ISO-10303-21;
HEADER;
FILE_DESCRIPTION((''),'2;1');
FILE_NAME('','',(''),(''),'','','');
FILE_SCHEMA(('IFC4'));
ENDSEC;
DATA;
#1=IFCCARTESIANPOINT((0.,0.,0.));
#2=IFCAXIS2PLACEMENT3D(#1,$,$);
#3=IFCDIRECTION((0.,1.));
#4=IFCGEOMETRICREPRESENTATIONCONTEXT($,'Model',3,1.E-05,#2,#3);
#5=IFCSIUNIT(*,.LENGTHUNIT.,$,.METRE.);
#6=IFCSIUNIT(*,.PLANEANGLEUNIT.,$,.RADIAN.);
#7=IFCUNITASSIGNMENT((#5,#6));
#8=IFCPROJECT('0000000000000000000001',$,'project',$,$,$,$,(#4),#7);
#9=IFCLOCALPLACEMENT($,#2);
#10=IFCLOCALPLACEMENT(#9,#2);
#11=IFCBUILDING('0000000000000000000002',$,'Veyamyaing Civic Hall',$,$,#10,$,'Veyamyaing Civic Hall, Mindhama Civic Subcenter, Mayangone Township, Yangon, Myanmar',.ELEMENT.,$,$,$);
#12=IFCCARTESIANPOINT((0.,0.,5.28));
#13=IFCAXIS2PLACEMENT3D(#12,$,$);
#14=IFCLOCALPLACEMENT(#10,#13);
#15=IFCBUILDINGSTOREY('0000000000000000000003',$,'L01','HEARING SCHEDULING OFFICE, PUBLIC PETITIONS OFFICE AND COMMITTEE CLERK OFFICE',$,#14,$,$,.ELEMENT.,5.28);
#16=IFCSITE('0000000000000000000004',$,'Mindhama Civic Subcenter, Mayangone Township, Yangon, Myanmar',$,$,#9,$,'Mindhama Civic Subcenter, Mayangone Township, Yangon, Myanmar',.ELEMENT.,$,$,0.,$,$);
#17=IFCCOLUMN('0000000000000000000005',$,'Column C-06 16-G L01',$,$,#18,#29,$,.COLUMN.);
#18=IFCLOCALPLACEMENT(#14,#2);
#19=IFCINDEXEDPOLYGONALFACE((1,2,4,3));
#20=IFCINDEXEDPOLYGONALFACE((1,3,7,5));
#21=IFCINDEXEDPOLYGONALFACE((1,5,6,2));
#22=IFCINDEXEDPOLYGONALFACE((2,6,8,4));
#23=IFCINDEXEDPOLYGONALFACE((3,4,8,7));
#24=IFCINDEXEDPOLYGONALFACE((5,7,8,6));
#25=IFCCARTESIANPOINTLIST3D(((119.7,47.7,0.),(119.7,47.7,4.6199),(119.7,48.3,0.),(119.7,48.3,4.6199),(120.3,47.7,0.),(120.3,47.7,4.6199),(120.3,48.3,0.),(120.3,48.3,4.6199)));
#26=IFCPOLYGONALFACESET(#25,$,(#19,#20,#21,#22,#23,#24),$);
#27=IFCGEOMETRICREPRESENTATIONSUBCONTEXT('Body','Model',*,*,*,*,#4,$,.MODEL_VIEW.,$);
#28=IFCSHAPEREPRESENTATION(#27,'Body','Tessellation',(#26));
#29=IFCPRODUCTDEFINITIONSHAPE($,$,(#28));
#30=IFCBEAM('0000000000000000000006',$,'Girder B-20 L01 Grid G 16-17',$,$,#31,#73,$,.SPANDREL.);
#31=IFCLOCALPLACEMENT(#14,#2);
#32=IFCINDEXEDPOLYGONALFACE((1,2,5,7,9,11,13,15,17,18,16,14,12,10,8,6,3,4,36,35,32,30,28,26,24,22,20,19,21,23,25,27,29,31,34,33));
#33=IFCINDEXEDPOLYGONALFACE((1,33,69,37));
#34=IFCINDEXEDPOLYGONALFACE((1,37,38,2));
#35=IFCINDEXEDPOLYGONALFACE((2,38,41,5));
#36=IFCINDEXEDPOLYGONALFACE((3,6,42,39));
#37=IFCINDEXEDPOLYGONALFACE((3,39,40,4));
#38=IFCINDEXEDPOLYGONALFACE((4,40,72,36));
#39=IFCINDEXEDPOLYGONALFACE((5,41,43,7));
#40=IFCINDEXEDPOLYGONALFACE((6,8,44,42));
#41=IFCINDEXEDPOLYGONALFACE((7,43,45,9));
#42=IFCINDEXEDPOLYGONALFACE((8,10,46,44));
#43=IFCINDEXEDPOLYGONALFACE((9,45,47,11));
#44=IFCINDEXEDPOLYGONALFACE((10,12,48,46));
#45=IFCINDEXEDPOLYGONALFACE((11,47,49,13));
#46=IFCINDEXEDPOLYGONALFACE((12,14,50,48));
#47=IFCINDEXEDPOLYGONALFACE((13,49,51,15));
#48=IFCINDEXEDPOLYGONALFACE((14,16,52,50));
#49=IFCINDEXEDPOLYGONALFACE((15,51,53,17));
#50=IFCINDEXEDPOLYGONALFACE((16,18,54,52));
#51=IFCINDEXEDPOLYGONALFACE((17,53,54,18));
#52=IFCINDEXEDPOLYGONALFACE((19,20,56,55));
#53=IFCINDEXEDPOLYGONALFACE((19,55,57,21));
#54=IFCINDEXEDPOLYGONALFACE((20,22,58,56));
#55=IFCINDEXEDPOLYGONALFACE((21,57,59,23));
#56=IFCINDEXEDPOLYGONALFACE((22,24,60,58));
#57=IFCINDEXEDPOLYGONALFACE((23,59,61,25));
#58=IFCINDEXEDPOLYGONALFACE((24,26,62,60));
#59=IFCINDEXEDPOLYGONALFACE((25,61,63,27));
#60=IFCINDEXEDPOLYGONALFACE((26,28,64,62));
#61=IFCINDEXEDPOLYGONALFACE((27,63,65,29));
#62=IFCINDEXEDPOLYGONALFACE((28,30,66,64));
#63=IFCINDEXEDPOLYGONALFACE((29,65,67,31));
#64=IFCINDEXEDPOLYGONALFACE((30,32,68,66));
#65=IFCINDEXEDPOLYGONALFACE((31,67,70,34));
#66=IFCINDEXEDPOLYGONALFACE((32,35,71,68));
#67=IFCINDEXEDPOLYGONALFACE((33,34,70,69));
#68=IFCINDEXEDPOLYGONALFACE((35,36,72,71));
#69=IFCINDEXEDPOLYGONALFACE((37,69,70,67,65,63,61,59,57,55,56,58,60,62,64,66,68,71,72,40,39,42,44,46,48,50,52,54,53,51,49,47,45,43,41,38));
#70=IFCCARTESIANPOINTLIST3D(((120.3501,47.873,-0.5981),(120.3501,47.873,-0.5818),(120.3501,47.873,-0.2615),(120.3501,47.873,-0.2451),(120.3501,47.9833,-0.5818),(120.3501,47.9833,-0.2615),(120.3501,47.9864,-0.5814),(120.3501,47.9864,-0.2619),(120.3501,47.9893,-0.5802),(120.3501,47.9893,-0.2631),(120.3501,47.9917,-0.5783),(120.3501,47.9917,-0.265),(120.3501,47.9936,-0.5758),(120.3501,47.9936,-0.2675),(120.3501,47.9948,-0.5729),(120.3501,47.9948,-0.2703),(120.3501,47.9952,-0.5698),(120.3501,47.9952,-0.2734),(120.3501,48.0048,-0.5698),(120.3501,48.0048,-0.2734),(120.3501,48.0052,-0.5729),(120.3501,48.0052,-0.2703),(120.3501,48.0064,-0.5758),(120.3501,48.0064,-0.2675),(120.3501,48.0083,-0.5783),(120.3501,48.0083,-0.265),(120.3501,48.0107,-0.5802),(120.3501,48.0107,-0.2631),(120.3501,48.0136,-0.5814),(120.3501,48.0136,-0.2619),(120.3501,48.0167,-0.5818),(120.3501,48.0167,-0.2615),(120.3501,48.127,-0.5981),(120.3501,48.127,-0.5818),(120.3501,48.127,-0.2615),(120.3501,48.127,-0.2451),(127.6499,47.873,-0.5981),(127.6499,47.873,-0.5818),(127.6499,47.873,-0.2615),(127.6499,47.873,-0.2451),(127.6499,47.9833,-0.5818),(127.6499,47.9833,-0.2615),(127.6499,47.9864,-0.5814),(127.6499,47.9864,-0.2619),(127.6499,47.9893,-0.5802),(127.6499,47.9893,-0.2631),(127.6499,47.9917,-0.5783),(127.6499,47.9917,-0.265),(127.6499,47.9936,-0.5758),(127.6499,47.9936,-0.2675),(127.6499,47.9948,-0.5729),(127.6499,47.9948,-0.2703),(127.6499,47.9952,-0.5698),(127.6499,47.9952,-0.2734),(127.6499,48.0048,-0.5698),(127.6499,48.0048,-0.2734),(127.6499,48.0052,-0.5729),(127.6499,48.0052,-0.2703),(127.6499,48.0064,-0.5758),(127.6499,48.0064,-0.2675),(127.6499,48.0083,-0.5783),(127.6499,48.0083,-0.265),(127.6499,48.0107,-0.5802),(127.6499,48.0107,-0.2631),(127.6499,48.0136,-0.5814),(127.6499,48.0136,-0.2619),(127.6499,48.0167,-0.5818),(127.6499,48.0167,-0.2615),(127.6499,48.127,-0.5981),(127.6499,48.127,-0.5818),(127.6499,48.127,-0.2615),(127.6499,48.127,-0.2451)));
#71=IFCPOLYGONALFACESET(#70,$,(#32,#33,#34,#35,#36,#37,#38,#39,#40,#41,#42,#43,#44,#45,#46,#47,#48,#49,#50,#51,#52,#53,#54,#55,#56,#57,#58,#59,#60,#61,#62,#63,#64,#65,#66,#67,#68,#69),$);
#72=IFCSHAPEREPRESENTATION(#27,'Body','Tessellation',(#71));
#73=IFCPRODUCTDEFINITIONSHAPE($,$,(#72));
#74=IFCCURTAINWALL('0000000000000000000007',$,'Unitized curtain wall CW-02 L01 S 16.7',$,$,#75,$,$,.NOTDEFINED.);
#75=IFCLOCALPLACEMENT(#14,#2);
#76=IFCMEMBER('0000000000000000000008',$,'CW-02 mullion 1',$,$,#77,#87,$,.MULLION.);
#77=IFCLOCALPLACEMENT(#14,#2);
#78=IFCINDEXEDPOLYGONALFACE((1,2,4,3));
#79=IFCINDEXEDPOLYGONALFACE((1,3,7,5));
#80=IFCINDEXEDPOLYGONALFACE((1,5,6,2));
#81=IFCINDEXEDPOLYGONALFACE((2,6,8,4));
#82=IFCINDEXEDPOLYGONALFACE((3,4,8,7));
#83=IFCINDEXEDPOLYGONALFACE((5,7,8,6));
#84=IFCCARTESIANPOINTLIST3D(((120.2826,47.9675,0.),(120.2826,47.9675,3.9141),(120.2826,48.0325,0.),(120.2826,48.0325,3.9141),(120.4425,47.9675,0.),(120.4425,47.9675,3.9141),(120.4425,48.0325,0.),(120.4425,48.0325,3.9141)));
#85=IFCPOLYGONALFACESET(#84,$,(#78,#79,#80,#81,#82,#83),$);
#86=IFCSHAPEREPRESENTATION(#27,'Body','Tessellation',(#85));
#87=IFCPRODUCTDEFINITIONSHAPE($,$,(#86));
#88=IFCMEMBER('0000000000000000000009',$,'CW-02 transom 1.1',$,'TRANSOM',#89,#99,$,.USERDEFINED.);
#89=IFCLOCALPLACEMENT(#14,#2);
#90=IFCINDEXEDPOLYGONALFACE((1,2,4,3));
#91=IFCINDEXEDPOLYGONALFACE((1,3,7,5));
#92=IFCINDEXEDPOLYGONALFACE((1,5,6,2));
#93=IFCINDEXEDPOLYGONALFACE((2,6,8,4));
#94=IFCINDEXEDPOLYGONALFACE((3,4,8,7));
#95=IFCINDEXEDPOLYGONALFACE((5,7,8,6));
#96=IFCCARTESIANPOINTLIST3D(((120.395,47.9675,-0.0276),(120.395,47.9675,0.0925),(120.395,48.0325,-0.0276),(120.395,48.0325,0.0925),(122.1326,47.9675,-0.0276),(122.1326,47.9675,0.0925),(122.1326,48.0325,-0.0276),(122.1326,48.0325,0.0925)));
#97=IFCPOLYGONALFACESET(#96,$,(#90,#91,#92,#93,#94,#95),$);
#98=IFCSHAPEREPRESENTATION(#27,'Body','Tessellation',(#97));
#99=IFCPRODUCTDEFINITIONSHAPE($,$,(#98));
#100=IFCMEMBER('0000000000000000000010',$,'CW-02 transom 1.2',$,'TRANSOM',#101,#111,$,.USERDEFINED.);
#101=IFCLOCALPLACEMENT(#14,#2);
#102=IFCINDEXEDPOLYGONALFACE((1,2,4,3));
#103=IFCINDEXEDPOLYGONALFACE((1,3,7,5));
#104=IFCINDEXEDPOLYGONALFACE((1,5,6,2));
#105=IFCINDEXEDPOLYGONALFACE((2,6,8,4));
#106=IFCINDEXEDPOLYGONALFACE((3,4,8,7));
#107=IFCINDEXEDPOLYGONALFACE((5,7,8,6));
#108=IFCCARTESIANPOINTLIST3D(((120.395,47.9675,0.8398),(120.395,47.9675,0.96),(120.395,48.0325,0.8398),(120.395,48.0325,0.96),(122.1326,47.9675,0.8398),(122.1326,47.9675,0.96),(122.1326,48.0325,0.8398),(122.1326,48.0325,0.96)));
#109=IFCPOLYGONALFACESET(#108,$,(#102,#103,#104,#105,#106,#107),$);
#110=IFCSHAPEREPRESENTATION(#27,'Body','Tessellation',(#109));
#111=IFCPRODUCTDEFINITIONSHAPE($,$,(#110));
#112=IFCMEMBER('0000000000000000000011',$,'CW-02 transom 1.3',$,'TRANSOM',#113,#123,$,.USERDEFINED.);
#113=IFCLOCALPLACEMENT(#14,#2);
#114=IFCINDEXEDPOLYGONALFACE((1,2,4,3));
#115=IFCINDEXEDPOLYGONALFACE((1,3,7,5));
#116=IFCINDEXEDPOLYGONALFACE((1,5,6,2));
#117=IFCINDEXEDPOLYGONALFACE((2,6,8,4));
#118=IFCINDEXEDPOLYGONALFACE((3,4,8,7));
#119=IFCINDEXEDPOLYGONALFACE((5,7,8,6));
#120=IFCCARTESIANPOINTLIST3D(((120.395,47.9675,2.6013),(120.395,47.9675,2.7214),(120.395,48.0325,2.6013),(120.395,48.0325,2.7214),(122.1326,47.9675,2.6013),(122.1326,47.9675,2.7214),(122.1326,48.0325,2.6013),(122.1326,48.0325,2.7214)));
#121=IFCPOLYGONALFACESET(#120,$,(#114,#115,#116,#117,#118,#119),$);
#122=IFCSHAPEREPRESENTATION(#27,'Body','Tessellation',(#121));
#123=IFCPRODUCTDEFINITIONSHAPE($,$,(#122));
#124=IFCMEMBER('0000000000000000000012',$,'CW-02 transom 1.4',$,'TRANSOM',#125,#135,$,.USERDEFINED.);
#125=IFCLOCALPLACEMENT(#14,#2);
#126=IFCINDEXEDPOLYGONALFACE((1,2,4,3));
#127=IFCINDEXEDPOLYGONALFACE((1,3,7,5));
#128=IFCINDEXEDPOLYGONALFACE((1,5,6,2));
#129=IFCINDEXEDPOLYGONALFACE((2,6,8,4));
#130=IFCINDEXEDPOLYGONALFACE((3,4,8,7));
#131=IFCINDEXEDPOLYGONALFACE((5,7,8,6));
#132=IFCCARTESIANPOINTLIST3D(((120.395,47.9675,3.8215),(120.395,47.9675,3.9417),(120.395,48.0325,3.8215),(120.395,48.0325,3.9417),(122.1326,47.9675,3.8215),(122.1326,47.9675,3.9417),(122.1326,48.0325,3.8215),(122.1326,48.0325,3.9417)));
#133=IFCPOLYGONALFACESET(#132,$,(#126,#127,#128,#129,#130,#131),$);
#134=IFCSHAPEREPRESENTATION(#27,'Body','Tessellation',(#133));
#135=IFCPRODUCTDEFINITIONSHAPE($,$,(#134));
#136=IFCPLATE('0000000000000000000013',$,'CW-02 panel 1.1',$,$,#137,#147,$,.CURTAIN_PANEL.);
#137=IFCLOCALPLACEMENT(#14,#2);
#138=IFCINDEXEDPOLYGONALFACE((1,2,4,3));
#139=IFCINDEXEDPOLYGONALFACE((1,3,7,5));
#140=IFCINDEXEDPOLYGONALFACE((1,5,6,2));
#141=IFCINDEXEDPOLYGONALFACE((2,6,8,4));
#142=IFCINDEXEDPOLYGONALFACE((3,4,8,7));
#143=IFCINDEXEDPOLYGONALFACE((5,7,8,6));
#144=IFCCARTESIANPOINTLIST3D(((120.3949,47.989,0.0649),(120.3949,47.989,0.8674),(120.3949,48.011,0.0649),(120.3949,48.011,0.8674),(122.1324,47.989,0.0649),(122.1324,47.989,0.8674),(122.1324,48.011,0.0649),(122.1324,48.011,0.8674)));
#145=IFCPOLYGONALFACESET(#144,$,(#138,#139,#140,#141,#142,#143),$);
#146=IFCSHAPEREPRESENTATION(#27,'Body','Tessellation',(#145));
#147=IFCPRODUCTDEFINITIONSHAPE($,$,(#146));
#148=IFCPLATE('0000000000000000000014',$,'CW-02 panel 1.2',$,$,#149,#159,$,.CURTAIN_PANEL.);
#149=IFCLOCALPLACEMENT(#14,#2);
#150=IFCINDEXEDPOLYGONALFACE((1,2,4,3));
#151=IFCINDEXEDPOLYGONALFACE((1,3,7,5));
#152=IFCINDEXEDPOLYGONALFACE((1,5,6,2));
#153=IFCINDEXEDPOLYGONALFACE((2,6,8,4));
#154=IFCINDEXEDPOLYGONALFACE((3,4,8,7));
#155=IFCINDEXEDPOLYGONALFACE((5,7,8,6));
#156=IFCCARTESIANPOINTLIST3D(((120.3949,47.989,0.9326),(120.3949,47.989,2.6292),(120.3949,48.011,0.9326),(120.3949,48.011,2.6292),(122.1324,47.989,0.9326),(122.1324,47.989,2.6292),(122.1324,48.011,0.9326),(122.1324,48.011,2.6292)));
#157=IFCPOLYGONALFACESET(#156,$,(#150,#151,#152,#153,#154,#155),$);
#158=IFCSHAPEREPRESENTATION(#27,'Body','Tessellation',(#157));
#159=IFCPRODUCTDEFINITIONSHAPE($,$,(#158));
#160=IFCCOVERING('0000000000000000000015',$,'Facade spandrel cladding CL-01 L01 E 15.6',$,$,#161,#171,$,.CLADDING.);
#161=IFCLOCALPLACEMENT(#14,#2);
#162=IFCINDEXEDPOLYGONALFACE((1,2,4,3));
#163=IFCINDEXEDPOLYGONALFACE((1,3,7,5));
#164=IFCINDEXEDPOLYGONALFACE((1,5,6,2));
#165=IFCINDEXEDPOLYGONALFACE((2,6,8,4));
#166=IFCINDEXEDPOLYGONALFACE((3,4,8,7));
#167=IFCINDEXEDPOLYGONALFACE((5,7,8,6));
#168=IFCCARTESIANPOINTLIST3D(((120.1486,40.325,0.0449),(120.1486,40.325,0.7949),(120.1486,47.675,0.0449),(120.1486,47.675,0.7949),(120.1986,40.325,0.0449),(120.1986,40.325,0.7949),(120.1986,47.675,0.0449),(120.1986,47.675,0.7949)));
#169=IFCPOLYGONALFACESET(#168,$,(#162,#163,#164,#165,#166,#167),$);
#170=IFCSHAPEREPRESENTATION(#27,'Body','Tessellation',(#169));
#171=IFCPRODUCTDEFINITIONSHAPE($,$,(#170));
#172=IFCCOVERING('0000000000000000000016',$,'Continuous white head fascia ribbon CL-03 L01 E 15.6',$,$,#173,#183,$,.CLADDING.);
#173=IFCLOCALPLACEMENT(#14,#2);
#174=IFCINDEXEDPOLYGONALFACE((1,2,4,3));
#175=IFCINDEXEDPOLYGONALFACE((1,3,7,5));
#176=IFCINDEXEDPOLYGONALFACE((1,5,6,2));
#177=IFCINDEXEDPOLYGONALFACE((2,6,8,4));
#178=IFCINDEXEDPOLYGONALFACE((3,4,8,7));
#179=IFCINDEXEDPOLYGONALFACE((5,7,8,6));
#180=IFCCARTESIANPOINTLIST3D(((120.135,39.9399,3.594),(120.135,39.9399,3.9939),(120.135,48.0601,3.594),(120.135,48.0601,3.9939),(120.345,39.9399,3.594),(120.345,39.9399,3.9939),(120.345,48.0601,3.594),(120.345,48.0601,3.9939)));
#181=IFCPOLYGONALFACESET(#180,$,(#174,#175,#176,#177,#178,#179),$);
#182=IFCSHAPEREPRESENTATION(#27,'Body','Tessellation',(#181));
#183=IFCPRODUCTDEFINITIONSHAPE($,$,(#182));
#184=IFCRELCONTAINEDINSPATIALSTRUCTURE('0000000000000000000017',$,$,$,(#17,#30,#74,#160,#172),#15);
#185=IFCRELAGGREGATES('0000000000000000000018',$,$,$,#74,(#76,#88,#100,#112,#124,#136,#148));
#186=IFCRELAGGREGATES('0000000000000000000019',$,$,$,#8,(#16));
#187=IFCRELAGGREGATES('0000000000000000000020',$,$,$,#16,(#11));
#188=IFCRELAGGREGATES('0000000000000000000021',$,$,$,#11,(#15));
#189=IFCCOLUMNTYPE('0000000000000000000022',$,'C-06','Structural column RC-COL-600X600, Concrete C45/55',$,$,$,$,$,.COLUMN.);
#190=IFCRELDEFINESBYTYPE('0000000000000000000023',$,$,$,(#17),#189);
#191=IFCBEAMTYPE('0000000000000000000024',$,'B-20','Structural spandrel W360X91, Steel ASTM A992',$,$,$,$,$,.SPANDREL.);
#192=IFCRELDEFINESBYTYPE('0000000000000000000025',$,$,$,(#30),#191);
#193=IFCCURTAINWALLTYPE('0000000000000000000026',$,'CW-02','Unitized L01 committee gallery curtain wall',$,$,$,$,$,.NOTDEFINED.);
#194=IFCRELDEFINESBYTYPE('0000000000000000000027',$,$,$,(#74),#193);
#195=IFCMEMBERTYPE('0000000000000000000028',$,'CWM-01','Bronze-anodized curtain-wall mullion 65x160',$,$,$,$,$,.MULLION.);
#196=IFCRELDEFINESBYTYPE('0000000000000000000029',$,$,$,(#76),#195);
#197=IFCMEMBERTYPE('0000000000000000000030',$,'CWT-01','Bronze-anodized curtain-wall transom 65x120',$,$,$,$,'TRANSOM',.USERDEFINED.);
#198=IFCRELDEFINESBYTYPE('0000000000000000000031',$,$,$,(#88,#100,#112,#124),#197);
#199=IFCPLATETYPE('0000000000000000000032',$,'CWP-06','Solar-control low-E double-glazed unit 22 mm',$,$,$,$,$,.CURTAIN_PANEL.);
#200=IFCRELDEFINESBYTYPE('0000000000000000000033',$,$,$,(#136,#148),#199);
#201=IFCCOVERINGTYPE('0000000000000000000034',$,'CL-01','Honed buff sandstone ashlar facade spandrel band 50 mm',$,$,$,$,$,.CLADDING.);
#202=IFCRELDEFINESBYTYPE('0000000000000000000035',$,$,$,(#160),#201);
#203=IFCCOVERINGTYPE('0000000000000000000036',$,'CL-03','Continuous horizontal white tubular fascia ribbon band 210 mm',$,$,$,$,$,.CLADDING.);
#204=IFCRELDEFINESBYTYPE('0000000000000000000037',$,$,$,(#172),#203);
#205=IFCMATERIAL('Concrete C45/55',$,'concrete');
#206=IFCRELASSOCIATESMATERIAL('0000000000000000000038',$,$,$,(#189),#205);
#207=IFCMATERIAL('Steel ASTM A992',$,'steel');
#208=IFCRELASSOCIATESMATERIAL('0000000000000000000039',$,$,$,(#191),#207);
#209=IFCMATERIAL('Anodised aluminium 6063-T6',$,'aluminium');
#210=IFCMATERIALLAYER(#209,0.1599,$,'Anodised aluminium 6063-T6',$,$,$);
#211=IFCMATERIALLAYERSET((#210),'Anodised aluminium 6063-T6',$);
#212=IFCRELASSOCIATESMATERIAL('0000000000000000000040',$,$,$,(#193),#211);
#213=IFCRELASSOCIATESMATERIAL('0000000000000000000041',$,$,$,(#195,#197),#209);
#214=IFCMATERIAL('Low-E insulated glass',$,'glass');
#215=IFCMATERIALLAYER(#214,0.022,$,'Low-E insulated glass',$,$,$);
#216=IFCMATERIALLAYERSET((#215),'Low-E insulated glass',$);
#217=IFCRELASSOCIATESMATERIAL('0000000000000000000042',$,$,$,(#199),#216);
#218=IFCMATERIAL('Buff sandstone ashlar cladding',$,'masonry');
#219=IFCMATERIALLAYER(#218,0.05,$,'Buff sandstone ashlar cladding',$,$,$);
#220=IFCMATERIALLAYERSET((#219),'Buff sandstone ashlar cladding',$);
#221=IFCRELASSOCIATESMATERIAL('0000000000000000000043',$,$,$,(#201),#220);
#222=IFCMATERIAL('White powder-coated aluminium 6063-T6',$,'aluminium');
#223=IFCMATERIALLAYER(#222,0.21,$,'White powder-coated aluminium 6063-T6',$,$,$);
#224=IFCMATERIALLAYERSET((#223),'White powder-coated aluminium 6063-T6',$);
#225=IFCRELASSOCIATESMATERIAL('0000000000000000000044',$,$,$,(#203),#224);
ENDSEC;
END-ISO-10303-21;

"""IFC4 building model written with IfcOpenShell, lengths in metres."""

from ifc_helpers import new_model, si_unit, direction, frame, origin, origin_2d, place, context, subcontext, project, spatial, rectangle, i_section, extrude, material, layer, layer_set, material_profile, profile_set, type_object, element, aggregate, save


model = new_model("IFC4")

# Units and contexts
model_context = context("Model", 3, precision=1e-05, world=origin(), true_north=direction((0.0, 1.0)))
body_context = subcontext(model_context, "Body", "Model", "MODEL_VIEW")
ifc_project = project(units=[si_unit("LENGTHUNIT", "METRE"), si_unit("PLANEANGLEUNIT", "RADIAN")], contexts=[model_context])

# Site, building, storey
site_placement = place(None, origin())
site = spatial("IfcSite", under=ifc_project, at=site_placement, Name="Mindhama Civic Subcenter, Mayangone Township, Yangon, Myanmar", LongName="Mindhama Civic Subcenter, Mayangone Township, Yangon, Myanmar", CompositionType="ELEMENT", RefElevation=0.0)
building_placement = place(site_placement, origin())
building = spatial("IfcBuilding", under=site, at=building_placement, Name="Veyamyaing Civic Hall", LongName="Veyamyaing Civic Hall, Mindhama Civic Subcenter, Mayangone Township, Yangon, Myanmar", CompositionType="ELEMENT")
storey_placement = place(building_placement, frame((0.0, 0.0, 5.28)))
storey = spatial("IfcBuildingStorey", under=building, at=storey_placement, Name="L01", Description="HEARING SCHEDULING OFFICE, PUBLIC PETITIONS OFFICE AND COMMITTEE CLERK OFFICE", CompositionType="ELEMENT", Elevation=5.28)

# Column
ifc_material_1 = material(Name="Concrete C45/55", Category="concrete")
ifc_material_profile_1 = material_profile(ifc_material_1, rectangle(XDim=0.6001, YDim=0.6001, at=origin_2d()), Name="RC-COL-600X600")
ifc_profile_set_1 = profile_set([ifc_material_profile_1], Name="Concrete C45/55")
column_type = type_object("IfcColumnType", Name="C-06", Description="Structural column RC-COL-600X600, Concrete C45/55", PredefinedType="COLUMN", material=ifc_profile_set_1)
column_placement = place(storey_placement, frame((120.0, 48.0, 0.0), z_axis=(0.0, 0.0, 1.0), x_axis=(1.0, 0.0, 0.0)))
element("IfcColumn", 1, at=column_placement, inside=storey, type_object=column_type, Name="Column C-06 16-G L01", PredefinedType="COLUMN", context=body_context, shape_type="SweptSolid", body=[
    extrude(rectangle(XDim=0.6001, YDim=0.6001, at=origin_2d()), origin(), (0.0, 0.0, 1.0), 4.6199),
])

# Beam
ifc_material_2 = material(Name="Steel ASTM A992", Category="steel")
ifc_material_profile_2 = material_profile(ifc_material_2, i_section(OverallWidth=0.2539, OverallDepth=0.353, WebThickness=0.0095, FlangeThickness=0.0164, FilletRadius=0.012, at=origin_2d()), Name="W360X91")
ifc_profile_set_2 = profile_set([ifc_material_profile_2], Name="Steel ASTM A992")
beam_type = type_object("IfcBeamType", Name="B-20", Description="Structural spandrel W360X91, Steel ASTM A992", PredefinedType="SPANDREL", material=ifc_profile_set_2)
beam_placement = place(storey_placement, frame((120.3501, 48.0, -0.4216), z_axis=(1.0, 0.0, 0.0), x_axis=(0.0, 1.0, 0.0)))
element("IfcBeam", 2, at=beam_placement, inside=storey, type_object=beam_type, Name="Girder B-20 L01 Grid G 16-17", PredefinedType="SPANDREL", context=body_context, shape_type="SweptSolid", body=[
    extrude(i_section(OverallWidth=0.2539, OverallDepth=0.353, WebThickness=0.0095, FlangeThickness=0.0164, FilletRadius=0.012, at=origin_2d()), origin(), (0.0, 0.0, 1.0), 7.2998),
])

# Curtain wall, members, plates
ifc_material_3 = material(Name="Anodised aluminium 6063-T6", Category="aluminium")
ifc_layer_1 = layer(ifc_material_3, 0.1599, Name="Anodised aluminium 6063-T6")
ifc_layer_set_1 = layer_set([ifc_layer_1], Name="Anodised aluminium 6063-T6")
curtain_wall_type = type_object("IfcCurtainWallType", Name="CW-02", Description="Unitized L01 committee gallery curtain wall", PredefinedType="NOTDEFINED", material=ifc_layer_set_1)
curtain_wall_placement = place(storey_placement, origin())
curtain_wall = element("IfcCurtainWall", 3, at=curtain_wall_placement, inside=storey, type_object=curtain_wall_type, Name="Unitized curtain wall CW-02 L01 S 16.7", PredefinedType="NOTDEFINED")
ifc_material_profile_3 = material_profile(ifc_material_3, rectangle(XDim=0.0649, YDim=0.1599, at=origin_2d()), Name="ALU-MUL-65X160")
ifc_profile_set_3 = profile_set([ifc_material_profile_3], Name="Anodised aluminium 6063-T6")
member_type_1 = type_object("IfcMemberType", Name="CWM-01", Description="Bronze-anodized curtain-wall mullion 65x160", PredefinedType="MULLION", material=ifc_profile_set_3)
member_1_placement = place(storey_placement, frame((120.3625, 48.0, 0.0), z_axis=(0.0, 0.0, 1.0), x_axis=(0.0, 1.0, 0.0)))
member_1 = element("IfcMember", 4, at=member_1_placement, type_object=member_type_1, Name="CW-02 mullion 1", PredefinedType="MULLION", context=body_context, shape_type="SweptSolid", body=[
    extrude(rectangle(XDim=0.0649, YDim=0.1599, at=origin_2d()), origin(), (0.0, 0.0, 1.0), 3.9141),
])
ifc_material_profile_4 = material_profile(ifc_material_3, rectangle(XDim=0.0649, YDim=0.1201, at=origin_2d()), Name="ALU-TRN-65X120")
ifc_profile_set_4 = profile_set([ifc_material_profile_4], Name="Anodised aluminium 6063-T6")
member_type_2 = type_object("IfcMemberType", Name="CWT-01", Description="Bronze-anodized curtain-wall transom 65x120", ElementType="TRANSOM", PredefinedType="USERDEFINED", material=ifc_profile_set_4)
member_2_placement = place(storey_placement, frame((120.395, 48.0, 0.0325), z_axis=(1.0, 0.0, 0.0), x_axis=(0.0, 1.0, 0.0)))
member_2 = element("IfcMember", 5, at=member_2_placement, type_object=member_type_2, Name="CW-02 transom 1.1", ObjectType="TRANSOM", PredefinedType="USERDEFINED", context=body_context, shape_type="SweptSolid", body=[
    extrude(rectangle(XDim=0.0649, YDim=0.1201, at=origin_2d()), origin(), (0.0, 0.0, 1.0), 1.7375),
])
member_3_placement = place(storey_placement, frame((120.395, 48.0, 0.8999), z_axis=(1.0, 0.0, 0.0), x_axis=(0.0, 1.0, 0.0)))
member_3 = element("IfcMember", 6, at=member_3_placement, type_object=member_type_2, Name="CW-02 transom 1.2", ObjectType="TRANSOM", PredefinedType="USERDEFINED", context=body_context, shape_type="SweptSolid", body=[
    extrude(rectangle(XDim=0.0649, YDim=0.1201, at=origin_2d()), origin(), (0.0, 0.0, 1.0), 1.7375),
])
member_4_placement = place(storey_placement, frame((120.395, 48.0, 2.6614), z_axis=(1.0, 0.0, 0.0), x_axis=(0.0, 1.0, 0.0)))
member_4 = element("IfcMember", 7, at=member_4_placement, type_object=member_type_2, Name="CW-02 transom 1.3", ObjectType="TRANSOM", PredefinedType="USERDEFINED", context=body_context, shape_type="SweptSolid", body=[
    extrude(rectangle(XDim=0.0649, YDim=0.1201, at=origin_2d()), origin(), (0.0, 0.0, 1.0), 1.7375),
])
member_5_placement = place(storey_placement, frame((120.395, 48.0, 3.8816), z_axis=(1.0, 0.0, 0.0), x_axis=(0.0, 1.0, 0.0)))
member_5 = element("IfcMember", 8, at=member_5_placement, type_object=member_type_2, Name="CW-02 transom 1.4", ObjectType="TRANSOM", PredefinedType="USERDEFINED", context=body_context, shape_type="SweptSolid", body=[
    extrude(rectangle(XDim=0.0649, YDim=0.1201, at=origin_2d()), origin(), (0.0, 0.0, 1.0), 1.7375),
])
ifc_material_4 = material(Name="Low-E insulated glass", Category="glass")
ifc_layer_2 = layer(ifc_material_4, 0.022, Name="Low-E insulated glass")
ifc_layer_set_2 = layer_set([ifc_layer_2], Name="Low-E insulated glass")
plate_type = type_object("IfcPlateType", Name="CWP-06", Description="Solar-control low-E double-glazed unit 22 mm", PredefinedType="CURTAIN_PANEL", material=ifc_layer_set_2)
plate_1_placement = place(storey_placement, frame((121.2637, 48.0, 0.0649), z_axis=(0.0, 0.0, 1.0), x_axis=(1.0, 0.0, 0.0)))
plate_1 = element("IfcPlate", 9, at=plate_1_placement, type_object=plate_type, Name="CW-02 panel 1.1", PredefinedType="CURTAIN_PANEL", context=body_context, shape_type="SweptSolid", body=[
    extrude(rectangle(XDim=1.7375, YDim=0.022, at=origin_2d()), origin(), (0.0, 0.0, 1.0), 0.8025),
])
plate_2_placement = place(storey_placement, frame((121.2637, 48.0, 0.9326), z_axis=(0.0, 0.0, 1.0), x_axis=(1.0, 0.0, 0.0)))
plate_2 = element("IfcPlate", 10, at=plate_2_placement, type_object=plate_type, Name="CW-02 panel 1.2", PredefinedType="CURTAIN_PANEL", context=body_context, shape_type="SweptSolid", body=[
    extrude(rectangle(XDim=1.7375, YDim=0.022, at=origin_2d()), origin(), (0.0, 0.0, 1.0), 1.6965),
])
aggregate(curtain_wall, [member_1, member_2, member_3, member_4, member_5, plate_1, plate_2])

# Coverings
ifc_material_5 = material(Name="Buff sandstone ashlar cladding", Category="masonry")
ifc_layer_3 = layer(ifc_material_5, 0.05, Name="Buff sandstone ashlar cladding")
ifc_layer_set_3 = layer_set([ifc_layer_3], Name="Buff sandstone ashlar cladding")
covering_type_1 = type_object("IfcCoveringType", Name="CL-01", Description="Honed buff sandstone ashlar facade spandrel band 50 mm", PredefinedType="CLADDING", material=ifc_layer_set_3)
covering_placement = place(storey_placement, frame((120.1736, 44.0, 0.0449), z_axis=(0.0, 0.0, 1.0), x_axis=(0.0, 1.0, 0.0)))
element("IfcCovering", 11, at=covering_placement, inside=storey, type_object=covering_type_1, Name="Facade spandrel cladding CL-01 L01 E 15.6", PredefinedType="CLADDING", context=body_context, shape_type="SweptSolid", body=[
    extrude(rectangle(XDim=7.3501, YDim=0.05, at=origin_2d()), origin(), (0.0, 0.0, 1.0), 0.75),
])
ifc_material_6 = material(Name="White powder-coated aluminium 6063-T6", Category="aluminium")
ifc_layer_4 = layer(ifc_material_6, 0.21, Name="White powder-coated aluminium 6063-T6")
ifc_layer_set_4 = layer_set([ifc_layer_4], Name="White powder-coated aluminium 6063-T6")
covering_type_2 = type_object("IfcCoveringType", Name="CL-03", Description="Continuous horizontal white tubular fascia ribbon band 210 mm", PredefinedType="CLADDING", material=ifc_layer_set_4)
for number, where, z_axis, x_axis, name in (
    (12, (120.24, 44.0, 3.594), (0.0, 0.0, 1.0), (0.0, 1.0, 0.0), "Continuous white head fascia ribbon CL-03 L01 E 15.6"),
):
    element("IfcCovering", number, at=place(storey_placement, frame(where, z_axis=z_axis, x_axis=x_axis)), inside=storey, type_object=covering_type_2, Name=name, PredefinedType="CLADDING", context=body_context, shape_type="SweptSolid", body=[
        extrude(rectangle(XDim=8.1201, YDim=0.21, at=origin_2d()), origin(), (0.0, 0.0, 1.0), 0.3999),
    ])

save(model, "model.ifc")
